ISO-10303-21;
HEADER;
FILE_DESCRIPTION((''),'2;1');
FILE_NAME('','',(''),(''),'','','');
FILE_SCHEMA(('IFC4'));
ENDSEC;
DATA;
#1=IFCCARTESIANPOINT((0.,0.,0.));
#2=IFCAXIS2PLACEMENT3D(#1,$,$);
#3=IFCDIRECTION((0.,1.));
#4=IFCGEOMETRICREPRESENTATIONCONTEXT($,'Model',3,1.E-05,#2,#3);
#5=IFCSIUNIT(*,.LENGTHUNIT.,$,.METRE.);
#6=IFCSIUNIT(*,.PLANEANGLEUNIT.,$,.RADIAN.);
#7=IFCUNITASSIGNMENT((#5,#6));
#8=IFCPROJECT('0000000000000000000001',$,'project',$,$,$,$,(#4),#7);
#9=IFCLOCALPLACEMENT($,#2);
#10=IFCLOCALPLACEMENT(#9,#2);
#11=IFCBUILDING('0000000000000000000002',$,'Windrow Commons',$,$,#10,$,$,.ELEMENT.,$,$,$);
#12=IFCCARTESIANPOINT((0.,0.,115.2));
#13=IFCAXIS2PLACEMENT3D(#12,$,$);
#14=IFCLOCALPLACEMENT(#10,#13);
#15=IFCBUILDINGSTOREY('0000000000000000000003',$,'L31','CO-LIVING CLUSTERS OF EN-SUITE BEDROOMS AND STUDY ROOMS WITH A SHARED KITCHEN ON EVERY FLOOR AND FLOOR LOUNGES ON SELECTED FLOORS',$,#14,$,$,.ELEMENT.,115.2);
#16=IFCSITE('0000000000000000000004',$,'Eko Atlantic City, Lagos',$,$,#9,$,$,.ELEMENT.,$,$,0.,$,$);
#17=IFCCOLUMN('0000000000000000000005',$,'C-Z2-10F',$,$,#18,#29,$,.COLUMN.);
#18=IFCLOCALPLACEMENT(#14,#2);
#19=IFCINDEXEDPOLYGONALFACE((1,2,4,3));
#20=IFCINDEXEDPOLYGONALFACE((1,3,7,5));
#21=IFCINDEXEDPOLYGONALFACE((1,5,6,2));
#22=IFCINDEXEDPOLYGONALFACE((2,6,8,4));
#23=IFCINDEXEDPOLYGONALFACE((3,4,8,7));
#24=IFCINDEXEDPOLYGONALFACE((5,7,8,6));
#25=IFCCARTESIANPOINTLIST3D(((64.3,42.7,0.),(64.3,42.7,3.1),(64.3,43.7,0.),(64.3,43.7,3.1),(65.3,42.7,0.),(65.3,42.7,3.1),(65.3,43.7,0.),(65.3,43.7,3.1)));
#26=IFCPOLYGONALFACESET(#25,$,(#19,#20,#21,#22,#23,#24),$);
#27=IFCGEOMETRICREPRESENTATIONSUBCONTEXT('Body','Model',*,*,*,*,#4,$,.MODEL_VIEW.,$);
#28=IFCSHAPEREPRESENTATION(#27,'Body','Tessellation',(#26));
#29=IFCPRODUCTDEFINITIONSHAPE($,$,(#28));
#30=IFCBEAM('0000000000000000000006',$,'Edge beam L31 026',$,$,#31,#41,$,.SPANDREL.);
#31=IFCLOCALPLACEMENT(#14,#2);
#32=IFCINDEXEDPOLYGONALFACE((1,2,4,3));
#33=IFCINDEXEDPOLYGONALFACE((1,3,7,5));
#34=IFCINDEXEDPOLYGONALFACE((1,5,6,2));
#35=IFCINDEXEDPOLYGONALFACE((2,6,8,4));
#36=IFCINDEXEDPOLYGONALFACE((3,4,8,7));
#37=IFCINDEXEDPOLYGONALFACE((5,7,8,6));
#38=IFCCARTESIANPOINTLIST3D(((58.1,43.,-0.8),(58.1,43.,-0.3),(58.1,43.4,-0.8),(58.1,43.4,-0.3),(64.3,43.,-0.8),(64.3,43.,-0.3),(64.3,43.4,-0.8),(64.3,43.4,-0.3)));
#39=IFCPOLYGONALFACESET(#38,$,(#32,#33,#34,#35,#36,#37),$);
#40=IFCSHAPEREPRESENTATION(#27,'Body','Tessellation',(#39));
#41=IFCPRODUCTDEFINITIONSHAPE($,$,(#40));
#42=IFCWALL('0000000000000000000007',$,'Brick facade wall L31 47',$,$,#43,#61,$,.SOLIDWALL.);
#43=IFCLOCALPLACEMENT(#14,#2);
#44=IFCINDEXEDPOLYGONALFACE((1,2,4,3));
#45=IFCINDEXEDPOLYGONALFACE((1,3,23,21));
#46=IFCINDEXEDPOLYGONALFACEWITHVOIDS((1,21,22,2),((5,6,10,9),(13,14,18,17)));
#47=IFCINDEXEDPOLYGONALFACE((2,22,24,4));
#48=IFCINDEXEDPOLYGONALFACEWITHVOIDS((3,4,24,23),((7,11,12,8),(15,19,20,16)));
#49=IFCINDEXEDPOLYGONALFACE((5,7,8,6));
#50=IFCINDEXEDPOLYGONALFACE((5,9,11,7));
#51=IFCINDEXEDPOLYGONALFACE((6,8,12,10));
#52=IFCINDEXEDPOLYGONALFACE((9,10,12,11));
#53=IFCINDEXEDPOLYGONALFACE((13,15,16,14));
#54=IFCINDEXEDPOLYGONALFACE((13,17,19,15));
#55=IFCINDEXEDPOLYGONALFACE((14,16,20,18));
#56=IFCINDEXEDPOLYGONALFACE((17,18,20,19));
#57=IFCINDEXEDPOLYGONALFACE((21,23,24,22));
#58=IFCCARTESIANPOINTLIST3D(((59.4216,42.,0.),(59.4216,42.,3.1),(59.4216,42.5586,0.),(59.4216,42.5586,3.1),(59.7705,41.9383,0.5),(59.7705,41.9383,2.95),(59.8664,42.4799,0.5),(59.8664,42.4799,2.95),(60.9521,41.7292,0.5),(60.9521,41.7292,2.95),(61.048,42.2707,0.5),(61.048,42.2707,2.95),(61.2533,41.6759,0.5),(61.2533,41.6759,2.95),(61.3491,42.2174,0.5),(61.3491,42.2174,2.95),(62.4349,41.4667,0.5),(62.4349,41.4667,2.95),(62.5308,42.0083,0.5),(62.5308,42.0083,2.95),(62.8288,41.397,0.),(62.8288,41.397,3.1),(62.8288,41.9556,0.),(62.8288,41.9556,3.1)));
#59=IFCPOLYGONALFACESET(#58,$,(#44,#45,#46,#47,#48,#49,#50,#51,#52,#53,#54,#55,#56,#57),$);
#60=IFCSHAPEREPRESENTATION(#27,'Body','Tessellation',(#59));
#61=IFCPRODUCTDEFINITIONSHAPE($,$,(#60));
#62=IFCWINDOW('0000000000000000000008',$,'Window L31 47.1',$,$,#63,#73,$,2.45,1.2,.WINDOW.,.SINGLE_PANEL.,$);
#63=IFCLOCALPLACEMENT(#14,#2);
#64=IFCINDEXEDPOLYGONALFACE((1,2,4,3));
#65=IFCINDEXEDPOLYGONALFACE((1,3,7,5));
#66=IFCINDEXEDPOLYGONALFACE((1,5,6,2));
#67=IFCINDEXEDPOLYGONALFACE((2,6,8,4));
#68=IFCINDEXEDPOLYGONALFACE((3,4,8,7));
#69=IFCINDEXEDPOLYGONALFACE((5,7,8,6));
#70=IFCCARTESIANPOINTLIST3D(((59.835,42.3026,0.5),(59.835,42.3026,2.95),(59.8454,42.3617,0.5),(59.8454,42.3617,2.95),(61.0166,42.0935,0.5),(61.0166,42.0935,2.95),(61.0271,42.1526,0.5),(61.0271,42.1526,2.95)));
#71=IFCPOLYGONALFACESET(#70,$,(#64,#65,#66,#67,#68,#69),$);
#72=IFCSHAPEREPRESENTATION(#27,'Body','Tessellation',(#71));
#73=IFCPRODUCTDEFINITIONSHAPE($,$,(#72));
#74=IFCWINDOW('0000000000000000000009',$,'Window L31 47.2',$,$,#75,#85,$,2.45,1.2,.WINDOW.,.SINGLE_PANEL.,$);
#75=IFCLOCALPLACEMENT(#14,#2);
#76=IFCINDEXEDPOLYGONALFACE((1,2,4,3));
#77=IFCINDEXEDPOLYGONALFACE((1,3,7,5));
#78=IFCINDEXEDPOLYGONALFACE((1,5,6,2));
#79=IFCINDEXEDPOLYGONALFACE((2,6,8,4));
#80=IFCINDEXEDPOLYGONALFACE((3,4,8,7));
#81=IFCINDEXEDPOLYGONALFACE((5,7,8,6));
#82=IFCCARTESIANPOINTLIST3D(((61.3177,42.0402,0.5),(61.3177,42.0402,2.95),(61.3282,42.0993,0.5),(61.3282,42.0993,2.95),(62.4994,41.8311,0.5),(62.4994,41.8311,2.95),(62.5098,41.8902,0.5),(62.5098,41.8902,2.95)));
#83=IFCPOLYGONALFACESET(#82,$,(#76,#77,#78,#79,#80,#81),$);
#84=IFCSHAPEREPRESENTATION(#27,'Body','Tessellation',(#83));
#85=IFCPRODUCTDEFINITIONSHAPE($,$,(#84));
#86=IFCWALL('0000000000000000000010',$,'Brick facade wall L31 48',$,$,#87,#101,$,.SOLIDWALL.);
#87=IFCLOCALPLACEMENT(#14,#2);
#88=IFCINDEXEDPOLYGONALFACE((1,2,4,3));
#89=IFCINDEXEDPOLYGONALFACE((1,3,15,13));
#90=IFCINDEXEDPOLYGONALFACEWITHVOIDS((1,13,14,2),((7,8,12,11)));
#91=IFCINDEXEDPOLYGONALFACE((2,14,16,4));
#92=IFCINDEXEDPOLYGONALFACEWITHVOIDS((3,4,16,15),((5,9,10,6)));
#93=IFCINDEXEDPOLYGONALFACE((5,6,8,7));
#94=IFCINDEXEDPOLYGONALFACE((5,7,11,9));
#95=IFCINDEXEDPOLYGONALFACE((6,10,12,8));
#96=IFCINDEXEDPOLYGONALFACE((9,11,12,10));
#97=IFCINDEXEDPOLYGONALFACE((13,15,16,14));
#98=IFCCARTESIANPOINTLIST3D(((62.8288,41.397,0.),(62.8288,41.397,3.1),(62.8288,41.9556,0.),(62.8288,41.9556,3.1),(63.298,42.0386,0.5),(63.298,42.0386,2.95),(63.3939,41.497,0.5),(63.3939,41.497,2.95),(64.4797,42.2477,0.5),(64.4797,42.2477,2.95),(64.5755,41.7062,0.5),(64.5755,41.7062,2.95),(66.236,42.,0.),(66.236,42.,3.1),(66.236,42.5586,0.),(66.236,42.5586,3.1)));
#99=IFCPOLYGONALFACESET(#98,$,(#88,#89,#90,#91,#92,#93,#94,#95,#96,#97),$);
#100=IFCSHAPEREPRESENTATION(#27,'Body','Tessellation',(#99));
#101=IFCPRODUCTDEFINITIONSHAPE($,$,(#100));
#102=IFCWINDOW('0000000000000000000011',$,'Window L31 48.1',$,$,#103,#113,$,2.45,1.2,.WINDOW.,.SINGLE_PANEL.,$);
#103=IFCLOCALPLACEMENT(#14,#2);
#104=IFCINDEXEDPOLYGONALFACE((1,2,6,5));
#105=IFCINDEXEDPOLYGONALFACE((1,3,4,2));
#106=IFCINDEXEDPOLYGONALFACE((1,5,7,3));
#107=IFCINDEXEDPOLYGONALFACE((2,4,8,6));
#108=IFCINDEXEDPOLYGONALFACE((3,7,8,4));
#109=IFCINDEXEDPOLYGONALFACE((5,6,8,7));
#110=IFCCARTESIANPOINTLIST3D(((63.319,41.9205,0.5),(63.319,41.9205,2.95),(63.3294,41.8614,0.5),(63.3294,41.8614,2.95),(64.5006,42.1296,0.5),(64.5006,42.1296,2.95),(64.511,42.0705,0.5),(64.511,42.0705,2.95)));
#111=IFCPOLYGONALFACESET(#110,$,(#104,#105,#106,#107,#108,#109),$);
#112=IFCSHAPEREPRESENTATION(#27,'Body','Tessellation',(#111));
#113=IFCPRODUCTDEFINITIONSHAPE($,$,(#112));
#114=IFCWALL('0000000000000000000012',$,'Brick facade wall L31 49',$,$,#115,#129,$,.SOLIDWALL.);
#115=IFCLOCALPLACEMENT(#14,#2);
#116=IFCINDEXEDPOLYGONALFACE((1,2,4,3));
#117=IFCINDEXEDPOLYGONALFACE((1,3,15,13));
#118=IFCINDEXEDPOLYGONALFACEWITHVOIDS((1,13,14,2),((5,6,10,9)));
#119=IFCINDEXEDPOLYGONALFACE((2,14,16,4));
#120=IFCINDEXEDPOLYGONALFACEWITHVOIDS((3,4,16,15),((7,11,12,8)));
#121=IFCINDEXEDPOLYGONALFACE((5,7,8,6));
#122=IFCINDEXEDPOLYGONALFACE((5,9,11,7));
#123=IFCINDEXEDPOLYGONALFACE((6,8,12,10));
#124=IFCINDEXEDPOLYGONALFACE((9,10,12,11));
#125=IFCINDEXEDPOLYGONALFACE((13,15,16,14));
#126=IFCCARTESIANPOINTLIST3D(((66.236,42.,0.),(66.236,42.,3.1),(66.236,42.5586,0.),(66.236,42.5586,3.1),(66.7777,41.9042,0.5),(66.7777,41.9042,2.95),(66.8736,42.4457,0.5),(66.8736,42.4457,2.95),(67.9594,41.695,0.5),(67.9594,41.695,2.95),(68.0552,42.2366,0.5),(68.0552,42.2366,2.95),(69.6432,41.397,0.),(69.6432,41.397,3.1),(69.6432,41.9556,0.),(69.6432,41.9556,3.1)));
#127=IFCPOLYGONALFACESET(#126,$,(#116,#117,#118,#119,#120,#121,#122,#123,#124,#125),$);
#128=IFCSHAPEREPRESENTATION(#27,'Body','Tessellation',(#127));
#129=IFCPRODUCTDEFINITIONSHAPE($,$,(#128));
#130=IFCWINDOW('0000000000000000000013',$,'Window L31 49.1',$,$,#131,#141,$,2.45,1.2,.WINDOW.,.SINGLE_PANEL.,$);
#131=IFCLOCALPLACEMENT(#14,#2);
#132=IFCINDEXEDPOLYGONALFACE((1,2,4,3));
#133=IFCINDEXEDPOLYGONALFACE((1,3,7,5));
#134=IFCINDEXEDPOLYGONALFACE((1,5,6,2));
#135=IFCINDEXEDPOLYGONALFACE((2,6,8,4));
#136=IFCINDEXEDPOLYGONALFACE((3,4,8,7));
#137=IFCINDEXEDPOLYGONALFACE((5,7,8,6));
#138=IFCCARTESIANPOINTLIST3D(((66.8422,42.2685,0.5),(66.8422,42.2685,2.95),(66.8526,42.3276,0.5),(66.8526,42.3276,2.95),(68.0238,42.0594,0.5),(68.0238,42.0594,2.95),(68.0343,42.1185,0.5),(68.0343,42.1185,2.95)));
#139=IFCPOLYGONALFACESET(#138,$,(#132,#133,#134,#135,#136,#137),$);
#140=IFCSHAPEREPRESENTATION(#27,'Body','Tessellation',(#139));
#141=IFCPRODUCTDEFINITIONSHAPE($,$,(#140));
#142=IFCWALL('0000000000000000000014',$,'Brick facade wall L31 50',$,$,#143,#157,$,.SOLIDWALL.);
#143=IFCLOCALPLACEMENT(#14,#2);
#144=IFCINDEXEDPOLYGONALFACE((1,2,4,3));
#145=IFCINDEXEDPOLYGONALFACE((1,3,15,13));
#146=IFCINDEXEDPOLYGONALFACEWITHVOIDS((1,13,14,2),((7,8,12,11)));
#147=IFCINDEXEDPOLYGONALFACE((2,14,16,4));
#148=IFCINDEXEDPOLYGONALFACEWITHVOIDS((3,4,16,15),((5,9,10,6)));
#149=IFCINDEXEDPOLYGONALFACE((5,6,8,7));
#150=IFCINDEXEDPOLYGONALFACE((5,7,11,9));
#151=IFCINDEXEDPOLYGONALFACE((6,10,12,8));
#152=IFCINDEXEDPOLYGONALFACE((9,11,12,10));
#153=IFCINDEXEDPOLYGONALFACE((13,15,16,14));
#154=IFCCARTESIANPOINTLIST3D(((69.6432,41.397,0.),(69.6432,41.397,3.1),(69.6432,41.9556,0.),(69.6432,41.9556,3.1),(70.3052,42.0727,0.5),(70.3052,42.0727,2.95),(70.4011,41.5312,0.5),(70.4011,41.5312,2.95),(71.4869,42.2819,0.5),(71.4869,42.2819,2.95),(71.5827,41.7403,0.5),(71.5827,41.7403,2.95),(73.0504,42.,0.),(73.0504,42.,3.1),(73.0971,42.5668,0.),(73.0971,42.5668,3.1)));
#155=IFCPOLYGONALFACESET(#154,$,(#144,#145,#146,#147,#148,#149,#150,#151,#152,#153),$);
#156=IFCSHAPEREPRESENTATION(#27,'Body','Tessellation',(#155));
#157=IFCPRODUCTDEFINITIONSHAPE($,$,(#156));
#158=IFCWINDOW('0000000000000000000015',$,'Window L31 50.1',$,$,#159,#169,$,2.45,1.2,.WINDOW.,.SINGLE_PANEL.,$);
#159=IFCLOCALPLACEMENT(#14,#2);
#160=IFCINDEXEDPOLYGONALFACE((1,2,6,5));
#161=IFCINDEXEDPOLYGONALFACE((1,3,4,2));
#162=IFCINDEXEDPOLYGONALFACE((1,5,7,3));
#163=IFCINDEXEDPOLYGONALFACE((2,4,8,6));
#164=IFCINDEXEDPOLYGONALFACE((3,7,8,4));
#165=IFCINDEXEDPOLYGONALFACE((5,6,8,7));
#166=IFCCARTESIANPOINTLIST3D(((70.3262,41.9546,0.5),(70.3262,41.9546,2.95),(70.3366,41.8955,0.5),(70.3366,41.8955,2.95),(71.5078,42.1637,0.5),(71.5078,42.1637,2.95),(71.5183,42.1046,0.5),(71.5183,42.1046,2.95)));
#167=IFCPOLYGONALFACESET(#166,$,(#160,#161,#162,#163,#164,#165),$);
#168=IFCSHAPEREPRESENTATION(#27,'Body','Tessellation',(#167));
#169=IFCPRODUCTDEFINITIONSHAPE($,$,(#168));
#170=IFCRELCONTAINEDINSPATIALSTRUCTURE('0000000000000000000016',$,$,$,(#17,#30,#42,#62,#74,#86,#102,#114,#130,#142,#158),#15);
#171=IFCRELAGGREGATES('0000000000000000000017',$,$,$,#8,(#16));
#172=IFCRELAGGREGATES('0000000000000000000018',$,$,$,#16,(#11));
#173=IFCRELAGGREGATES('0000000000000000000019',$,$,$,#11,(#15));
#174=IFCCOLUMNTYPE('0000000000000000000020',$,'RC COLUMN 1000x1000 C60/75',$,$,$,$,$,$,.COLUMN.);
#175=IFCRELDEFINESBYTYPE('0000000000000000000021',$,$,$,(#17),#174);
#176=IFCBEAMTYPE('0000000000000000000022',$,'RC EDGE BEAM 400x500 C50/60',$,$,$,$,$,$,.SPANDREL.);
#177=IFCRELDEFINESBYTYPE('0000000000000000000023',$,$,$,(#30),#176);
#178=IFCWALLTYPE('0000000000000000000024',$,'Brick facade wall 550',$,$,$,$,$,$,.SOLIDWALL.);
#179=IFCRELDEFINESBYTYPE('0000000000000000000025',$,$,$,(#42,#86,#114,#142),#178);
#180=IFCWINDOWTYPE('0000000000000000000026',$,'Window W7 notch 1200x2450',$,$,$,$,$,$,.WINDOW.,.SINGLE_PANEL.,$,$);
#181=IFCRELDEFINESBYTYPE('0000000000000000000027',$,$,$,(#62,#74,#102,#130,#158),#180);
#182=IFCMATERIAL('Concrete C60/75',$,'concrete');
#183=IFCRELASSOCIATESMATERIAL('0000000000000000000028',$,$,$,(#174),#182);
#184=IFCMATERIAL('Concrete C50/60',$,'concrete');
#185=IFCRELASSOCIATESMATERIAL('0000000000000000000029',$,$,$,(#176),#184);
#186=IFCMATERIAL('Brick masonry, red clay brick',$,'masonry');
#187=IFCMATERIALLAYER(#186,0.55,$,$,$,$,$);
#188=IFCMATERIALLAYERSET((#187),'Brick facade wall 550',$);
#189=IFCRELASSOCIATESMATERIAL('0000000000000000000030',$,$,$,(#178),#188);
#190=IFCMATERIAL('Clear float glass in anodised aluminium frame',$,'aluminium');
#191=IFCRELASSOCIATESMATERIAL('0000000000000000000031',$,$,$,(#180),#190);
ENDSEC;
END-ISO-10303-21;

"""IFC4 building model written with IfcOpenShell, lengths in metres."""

from ifc_helpers import new_model, si_unit, direction, frame, frame_2d, origin, origin_2d, place, context, subcontext, project, spatial, polyline, rectangle, outline, extrude, material, layer, layer_set, material_profile, profile_set, type_object, element, fill, save


model = new_model("IFC4")

# Units and contexts
model_context = context("Model", 3, precision=1e-05, world=origin(), true_north=direction((0.0, 1.0)))
body_context = subcontext(model_context, "Body", "Model", "MODEL_VIEW")
ifc_project = project(units=[si_unit("LENGTHUNIT", "METRE"), si_unit("PLANEANGLEUNIT", "RADIAN")], contexts=[model_context])

# Site, building, storey
site_placement = place(None, origin())
site = spatial("IfcSite", under=ifc_project, at=site_placement, Name="Eko Atlantic City, Lagos", CompositionType="ELEMENT", RefElevation=0.0)
building_placement = place(site_placement, origin())
building = spatial("IfcBuilding", under=site, at=building_placement, Name="Windrow Commons", CompositionType="ELEMENT")
storey_placement = place(building_placement, frame((0.0, 0.0, 115.2)))
storey = spatial("IfcBuildingStorey", under=building, at=storey_placement, Name="L31", Description="CO-LIVING CLUSTERS OF EN-SUITE BEDROOMS AND STUDY ROOMS WITH A SHARED KITCHEN ON EVERY FLOOR AND FLOOR LOUNGES ON SELECTED FLOORS", CompositionType="ELEMENT", Elevation=115.2)

# Column
ifc_material_1 = material(Name="Concrete C60/75", Category="concrete")
ifc_material_profile_1 = material_profile(ifc_material_1, rectangle(XDim=1.0, YDim=1.0, at=origin_2d()))
ifc_profile_set_1 = profile_set([ifc_material_profile_1], Name="Concrete C60/75")
column_type = type_object("IfcColumnType", Name="RC COLUMN 1000x1000 C60/75", PredefinedType="COLUMN", material=ifc_profile_set_1)
column_placement = place(storey_placement, frame((64.8, 43.2, 0.0), z_axis=(0.0, 0.0, 1.0), x_axis=(1.0, 0.0, 0.0)))
element("IfcColumn", 1, at=column_placement, inside=storey, type_object=column_type, Name="C-Z2-10F", PredefinedType="COLUMN", context=body_context, shape_type="SweptSolid", body=[
    extrude(rectangle(XDim=1.0, YDim=1.0, at=origin_2d()), origin(), (0.0, 0.0, 1.0), 3.1),
])

# Beam
ifc_material_2 = material(Name="Concrete C50/60", Category="concrete")
ifc_material_profile_2 = material_profile(ifc_material_2, rectangle(XDim=0.4, YDim=0.5, at=origin_2d()))
ifc_profile_set_2 = profile_set([ifc_material_profile_2], Name="Concrete C50/60")
beam_type = type_object("IfcBeamType", Name="RC EDGE BEAM 400x500 C50/60", PredefinedType="SPANDREL", material=ifc_profile_set_2)
beam_placement = place(storey_placement, frame((64.3, 43.2, -0.55), z_axis=(-1.0, 0.0, 0.0), x_axis=(0.0, -1.0, 0.0)))
element("IfcBeam", 2, at=beam_placement, inside=storey, type_object=beam_type, Name="Edge beam L31 026", PredefinedType="SPANDREL", context=body_context, shape_type="SweptSolid", body=[
    extrude(rectangle(XDim=0.4, YDim=0.5, at=origin_2d()), origin(), (0.0, 0.0, 1.0), 6.2),
])

# Wall, openings, windows
ifc_material_3 = material(Name="Brick masonry, red clay brick", Category="masonry")
ifc_layer_1 = layer(ifc_material_3, 0.55)
ifc_layer_set_1 = layer_set([ifc_layer_1], Name="Brick facade wall 550")
wall_type_1 = type_object("IfcWallType", Name="Brick facade wall 550", PredefinedType="SOLIDWALL", material=ifc_layer_set_1)
wall_1_placement = place(storey_placement, frame((59.4216, 42.2793, 0.0), z_axis=(0.0, 0.0, 1.0), x_axis=(0.984698, -0.17427, 0.0)))
wall_1 = element("IfcWall", 3, at=wall_1_placement, inside=storey, type_object=wall_type_1, Name="Brick facade wall L31 47", PredefinedType="SOLIDWALL", context=body_context, shape_type="SweptSolid", body=[
    extrude(outline(polyline([(0.0487, -0.275), (3.5088, -0.275), (3.4115, 0.275), (-0.0487, 0.275), (0.0487, -0.275)])), origin(), (0.0, 0.0, 1.0), 3.1),
])
opening_1_placement = place(wall_1_placement, frame((0.403, 0.0, 0.5)))
opening_1 = element("IfcOpeningElement", 4, at=opening_1_placement, cuts=wall_1, PredefinedType="OPENING", context=body_context, shape_type="SweptSolid", body=[
    extrude(rectangle(XDim=1.2, YDim=2.45, at=frame_2d((0.6, 1.225))), frame((0.0, 0.285, 0.0), z_axis=(0.0, -1.0, 0.0), x_axis=(1.0, 0.0, 0.0)), (0.0, 0.0, 1.0), 0.57),
])
opening_2_placement = place(wall_1_placement, frame((1.9088, 0.0, 0.5)))
opening_2 = element("IfcOpeningElement", 5, at=opening_2_placement, cuts=wall_1, PredefinedType="OPENING", context=body_context, shape_type="SweptSolid", body=[
    extrude(rectangle(XDim=1.2, YDim=2.45, at=frame_2d((0.6, 1.225))), frame((0.0, 0.285, 0.0), z_axis=(0.0, -1.0, 0.0), x_axis=(1.0, 0.0, 0.0)), (0.0, 0.0, 1.0), 0.57),
])
ifc_material_4 = material(Name="Clear float glass in anodised aluminium frame", Category="aluminium")
window_type = type_object("IfcWindowType", Name="Window W7 notch 1200x2450", PartitioningType="SINGLE_PANEL", PredefinedType="WINDOW", material=ifc_material_4)
window_1_placement = place(opening_1_placement, origin())
window_1 = element("IfcWindow", 6, at=window_1_placement, inside=storey, type_object=window_type, Name="Window L31 47.1", OverallHeight=2.45, OverallWidth=1.2, PartitioningType="SINGLE_PANEL", PredefinedType="WINDOW", context=body_context, shape_type="SweptSolid", body=[
    extrude(rectangle(XDim=1.2, YDim=2.45, at=frame_2d((0.6, 1.225))), frame((0.0, 0.155, 0.0), z_axis=(0.0, -1.0, 0.0), x_axis=(1.0, 0.0, 0.0)), (0.0, 0.0, 1.0), 0.06),
])
fill(opening_1, window_1)
window_2_placement = place(opening_2_placement, origin())
window_2 = element("IfcWindow", 7, at=window_2_placement, inside=storey, type_object=window_type, Name="Window L31 47.2", OverallHeight=2.45, OverallWidth=1.2, PartitioningType="SINGLE_PANEL", PredefinedType="WINDOW", context=body_context, shape_type="SweptSolid", body=[
    extrude(rectangle(XDim=1.2, YDim=2.45, at=frame_2d((0.6, 1.225))), frame((0.0, 0.155, 0.0), z_axis=(0.0, -1.0, 0.0), x_axis=(1.0, 0.0, 0.0)), (0.0, 0.0, 1.0), 0.06),
])
fill(opening_2, window_2)

# Walls, openings, windows
wall_2_placement = place(storey_placement, frame((62.8288, 41.6763, 0.0), z_axis=(0.0, 0.0, 1.0), x_axis=(0.984698, 0.17427, 0.0)))
wall_2 = element("IfcWall", 8, at=wall_2_placement, inside=storey, type_object=wall_type_1, Name="Brick facade wall L31 48", PredefinedType="SOLIDWALL", context=body_context, shape_type="SweptSolid", body=[
    extrude(outline(polyline([(-0.0487, -0.275), (3.4115, -0.275), (3.5088, 0.275), (0.0487, 0.275), (-0.0487, -0.275)])), origin(), (0.0, 0.0, 1.0), 3.1),
])
opening_3_placement = place(wall_2_placement, frame((0.5252, 0.0, 0.5)))
opening_3 = element("IfcOpeningElement", 9, at=opening_3_placement, cuts=wall_2, PredefinedType="OPENING", context=body_context, shape_type="SweptSolid", body=[
    extrude(rectangle(XDim=1.2, YDim=2.45, at=frame_2d((0.6, 1.225))), frame((0.0, 0.285, 0.0), z_axis=(0.0, -1.0, 0.0), x_axis=(1.0, 0.0, 0.0)), (0.0, 0.0, 1.0), 0.57),
])
window_3_placement = place(opening_3_placement, origin())
window_3 = element("IfcWindow", 10, at=window_3_placement, inside=storey, type_object=window_type, Name="Window L31 48.1", OverallHeight=2.45, OverallWidth=1.2, PartitioningType="SINGLE_PANEL", PredefinedType="WINDOW", context=body_context, shape_type="SweptSolid", body=[
    extrude(rectangle(XDim=1.2, YDim=2.45, at=frame_2d((0.6, 1.225))), frame((0.0, 0.155, 0.0), z_axis=(0.0, -1.0, 0.0), x_axis=(1.0, 0.0, 0.0)), (0.0, 0.0, 1.0), 0.06),
])
fill(opening_3, window_3)
wall_3_placement = place(storey_placement, frame((66.236, 42.2793, 0.0), z_axis=(0.0, 0.0, 1.0), x_axis=(0.984698, -0.17427, 0.0)))
wall_3 = element("IfcWall", 11, at=wall_3_placement, inside=storey, type_object=wall_type_1, Name="Brick facade wall L31 49", PredefinedType="SOLIDWALL", context=body_context, shape_type="SweptSolid", body=[
    extrude(outline(polyline([(0.0487, -0.275), (3.5088, -0.275), (3.4115, 0.275), (-0.0487, 0.275), (0.0487, -0.275)])), origin(), (0.0, 0.0, 1.0), 3.1),
])
opening_4_placement = place(wall_3_placement, frame((0.5988, 0.0, 0.5)))
opening_4 = element("IfcOpeningElement", 12, at=opening_4_placement, cuts=wall_3, PredefinedType="OPENING", context=body_context, shape_type="SweptSolid", body=[
    extrude(rectangle(XDim=1.2, YDim=2.45, at=frame_2d((0.6, 1.225))), frame((0.0, 0.285, 0.0), z_axis=(0.0, -1.0, 0.0), x_axis=(1.0, 0.0, 0.0)), (0.0, 0.0, 1.0), 0.57),
])
window_4_placement = place(opening_4_placement, origin())
window_4 = element("IfcWindow", 13, at=window_4_placement, inside=storey, type_object=window_type, Name="Window L31 49.1", OverallHeight=2.45, OverallWidth=1.2, PartitioningType="SINGLE_PANEL", PredefinedType="WINDOW", context=body_context, shape_type="SweptSolid", body=[
    extrude(rectangle(XDim=1.2, YDim=2.45, at=frame_2d((0.6, 1.225))), frame((0.0, 0.155, 0.0), z_axis=(0.0, -1.0, 0.0), x_axis=(1.0, 0.0, 0.0)), (0.0, 0.0, 1.0), 0.06),
])
fill(opening_4, window_4)
wall_4_placement = place(storey_placement, frame((69.6432, 41.6763, 0.0), z_axis=(0.0, 0.0, 1.0), x_axis=(0.984699, 0.174263, 0.0)))
wall_4 = element("IfcWall", 14, at=wall_4_placement, inside=storey, type_object=wall_type_1, Name="Brick facade wall L31 50", PredefinedType="SOLIDWALL", context=body_context, shape_type="SweptSolid", body=[
    extrude(outline(polyline([(-0.0487, -0.275), (3.4115, -0.275), (3.5562, 0.275), (0.0487, 0.275), (-0.0487, -0.275)])), origin(), (0.0, 0.0, 1.0), 3.1),
])
opening_5_placement = place(wall_4_placement, frame((0.721, 0.0, 0.5)))
opening_5 = element("IfcOpeningElement", 15, at=opening_5_placement, cuts=wall_4, PredefinedType="OPENING", context=body_context, shape_type="SweptSolid", body=[
    extrude(rectangle(XDim=1.2, YDim=2.45, at=frame_2d((0.6, 1.225))), frame((0.0, 0.285, 0.0), z_axis=(0.0, -1.0, 0.0), x_axis=(1.0, 0.0, 0.0)), (0.0, 0.0, 1.0), 0.57),
])
window_5_placement = place(opening_5_placement, origin())
window_5 = element("IfcWindow", 16, at=window_5_placement, inside=storey, type_object=window_type, Name="Window L31 50.1", OverallHeight=2.45, OverallWidth=1.2, PartitioningType="SINGLE_PANEL", PredefinedType="WINDOW", context=body_context, shape_type="SweptSolid", body=[
    extrude(rectangle(XDim=1.2, YDim=2.45, at=frame_2d((0.6, 1.225))), frame((0.0, 0.155, 0.0), z_axis=(0.0, -1.0, 0.0), x_axis=(1.0, 0.0, 0.0)), (0.0, 0.0, 1.0), 0.06),
])
fill(opening_5, window_5)

save(model, "model.ifc")
